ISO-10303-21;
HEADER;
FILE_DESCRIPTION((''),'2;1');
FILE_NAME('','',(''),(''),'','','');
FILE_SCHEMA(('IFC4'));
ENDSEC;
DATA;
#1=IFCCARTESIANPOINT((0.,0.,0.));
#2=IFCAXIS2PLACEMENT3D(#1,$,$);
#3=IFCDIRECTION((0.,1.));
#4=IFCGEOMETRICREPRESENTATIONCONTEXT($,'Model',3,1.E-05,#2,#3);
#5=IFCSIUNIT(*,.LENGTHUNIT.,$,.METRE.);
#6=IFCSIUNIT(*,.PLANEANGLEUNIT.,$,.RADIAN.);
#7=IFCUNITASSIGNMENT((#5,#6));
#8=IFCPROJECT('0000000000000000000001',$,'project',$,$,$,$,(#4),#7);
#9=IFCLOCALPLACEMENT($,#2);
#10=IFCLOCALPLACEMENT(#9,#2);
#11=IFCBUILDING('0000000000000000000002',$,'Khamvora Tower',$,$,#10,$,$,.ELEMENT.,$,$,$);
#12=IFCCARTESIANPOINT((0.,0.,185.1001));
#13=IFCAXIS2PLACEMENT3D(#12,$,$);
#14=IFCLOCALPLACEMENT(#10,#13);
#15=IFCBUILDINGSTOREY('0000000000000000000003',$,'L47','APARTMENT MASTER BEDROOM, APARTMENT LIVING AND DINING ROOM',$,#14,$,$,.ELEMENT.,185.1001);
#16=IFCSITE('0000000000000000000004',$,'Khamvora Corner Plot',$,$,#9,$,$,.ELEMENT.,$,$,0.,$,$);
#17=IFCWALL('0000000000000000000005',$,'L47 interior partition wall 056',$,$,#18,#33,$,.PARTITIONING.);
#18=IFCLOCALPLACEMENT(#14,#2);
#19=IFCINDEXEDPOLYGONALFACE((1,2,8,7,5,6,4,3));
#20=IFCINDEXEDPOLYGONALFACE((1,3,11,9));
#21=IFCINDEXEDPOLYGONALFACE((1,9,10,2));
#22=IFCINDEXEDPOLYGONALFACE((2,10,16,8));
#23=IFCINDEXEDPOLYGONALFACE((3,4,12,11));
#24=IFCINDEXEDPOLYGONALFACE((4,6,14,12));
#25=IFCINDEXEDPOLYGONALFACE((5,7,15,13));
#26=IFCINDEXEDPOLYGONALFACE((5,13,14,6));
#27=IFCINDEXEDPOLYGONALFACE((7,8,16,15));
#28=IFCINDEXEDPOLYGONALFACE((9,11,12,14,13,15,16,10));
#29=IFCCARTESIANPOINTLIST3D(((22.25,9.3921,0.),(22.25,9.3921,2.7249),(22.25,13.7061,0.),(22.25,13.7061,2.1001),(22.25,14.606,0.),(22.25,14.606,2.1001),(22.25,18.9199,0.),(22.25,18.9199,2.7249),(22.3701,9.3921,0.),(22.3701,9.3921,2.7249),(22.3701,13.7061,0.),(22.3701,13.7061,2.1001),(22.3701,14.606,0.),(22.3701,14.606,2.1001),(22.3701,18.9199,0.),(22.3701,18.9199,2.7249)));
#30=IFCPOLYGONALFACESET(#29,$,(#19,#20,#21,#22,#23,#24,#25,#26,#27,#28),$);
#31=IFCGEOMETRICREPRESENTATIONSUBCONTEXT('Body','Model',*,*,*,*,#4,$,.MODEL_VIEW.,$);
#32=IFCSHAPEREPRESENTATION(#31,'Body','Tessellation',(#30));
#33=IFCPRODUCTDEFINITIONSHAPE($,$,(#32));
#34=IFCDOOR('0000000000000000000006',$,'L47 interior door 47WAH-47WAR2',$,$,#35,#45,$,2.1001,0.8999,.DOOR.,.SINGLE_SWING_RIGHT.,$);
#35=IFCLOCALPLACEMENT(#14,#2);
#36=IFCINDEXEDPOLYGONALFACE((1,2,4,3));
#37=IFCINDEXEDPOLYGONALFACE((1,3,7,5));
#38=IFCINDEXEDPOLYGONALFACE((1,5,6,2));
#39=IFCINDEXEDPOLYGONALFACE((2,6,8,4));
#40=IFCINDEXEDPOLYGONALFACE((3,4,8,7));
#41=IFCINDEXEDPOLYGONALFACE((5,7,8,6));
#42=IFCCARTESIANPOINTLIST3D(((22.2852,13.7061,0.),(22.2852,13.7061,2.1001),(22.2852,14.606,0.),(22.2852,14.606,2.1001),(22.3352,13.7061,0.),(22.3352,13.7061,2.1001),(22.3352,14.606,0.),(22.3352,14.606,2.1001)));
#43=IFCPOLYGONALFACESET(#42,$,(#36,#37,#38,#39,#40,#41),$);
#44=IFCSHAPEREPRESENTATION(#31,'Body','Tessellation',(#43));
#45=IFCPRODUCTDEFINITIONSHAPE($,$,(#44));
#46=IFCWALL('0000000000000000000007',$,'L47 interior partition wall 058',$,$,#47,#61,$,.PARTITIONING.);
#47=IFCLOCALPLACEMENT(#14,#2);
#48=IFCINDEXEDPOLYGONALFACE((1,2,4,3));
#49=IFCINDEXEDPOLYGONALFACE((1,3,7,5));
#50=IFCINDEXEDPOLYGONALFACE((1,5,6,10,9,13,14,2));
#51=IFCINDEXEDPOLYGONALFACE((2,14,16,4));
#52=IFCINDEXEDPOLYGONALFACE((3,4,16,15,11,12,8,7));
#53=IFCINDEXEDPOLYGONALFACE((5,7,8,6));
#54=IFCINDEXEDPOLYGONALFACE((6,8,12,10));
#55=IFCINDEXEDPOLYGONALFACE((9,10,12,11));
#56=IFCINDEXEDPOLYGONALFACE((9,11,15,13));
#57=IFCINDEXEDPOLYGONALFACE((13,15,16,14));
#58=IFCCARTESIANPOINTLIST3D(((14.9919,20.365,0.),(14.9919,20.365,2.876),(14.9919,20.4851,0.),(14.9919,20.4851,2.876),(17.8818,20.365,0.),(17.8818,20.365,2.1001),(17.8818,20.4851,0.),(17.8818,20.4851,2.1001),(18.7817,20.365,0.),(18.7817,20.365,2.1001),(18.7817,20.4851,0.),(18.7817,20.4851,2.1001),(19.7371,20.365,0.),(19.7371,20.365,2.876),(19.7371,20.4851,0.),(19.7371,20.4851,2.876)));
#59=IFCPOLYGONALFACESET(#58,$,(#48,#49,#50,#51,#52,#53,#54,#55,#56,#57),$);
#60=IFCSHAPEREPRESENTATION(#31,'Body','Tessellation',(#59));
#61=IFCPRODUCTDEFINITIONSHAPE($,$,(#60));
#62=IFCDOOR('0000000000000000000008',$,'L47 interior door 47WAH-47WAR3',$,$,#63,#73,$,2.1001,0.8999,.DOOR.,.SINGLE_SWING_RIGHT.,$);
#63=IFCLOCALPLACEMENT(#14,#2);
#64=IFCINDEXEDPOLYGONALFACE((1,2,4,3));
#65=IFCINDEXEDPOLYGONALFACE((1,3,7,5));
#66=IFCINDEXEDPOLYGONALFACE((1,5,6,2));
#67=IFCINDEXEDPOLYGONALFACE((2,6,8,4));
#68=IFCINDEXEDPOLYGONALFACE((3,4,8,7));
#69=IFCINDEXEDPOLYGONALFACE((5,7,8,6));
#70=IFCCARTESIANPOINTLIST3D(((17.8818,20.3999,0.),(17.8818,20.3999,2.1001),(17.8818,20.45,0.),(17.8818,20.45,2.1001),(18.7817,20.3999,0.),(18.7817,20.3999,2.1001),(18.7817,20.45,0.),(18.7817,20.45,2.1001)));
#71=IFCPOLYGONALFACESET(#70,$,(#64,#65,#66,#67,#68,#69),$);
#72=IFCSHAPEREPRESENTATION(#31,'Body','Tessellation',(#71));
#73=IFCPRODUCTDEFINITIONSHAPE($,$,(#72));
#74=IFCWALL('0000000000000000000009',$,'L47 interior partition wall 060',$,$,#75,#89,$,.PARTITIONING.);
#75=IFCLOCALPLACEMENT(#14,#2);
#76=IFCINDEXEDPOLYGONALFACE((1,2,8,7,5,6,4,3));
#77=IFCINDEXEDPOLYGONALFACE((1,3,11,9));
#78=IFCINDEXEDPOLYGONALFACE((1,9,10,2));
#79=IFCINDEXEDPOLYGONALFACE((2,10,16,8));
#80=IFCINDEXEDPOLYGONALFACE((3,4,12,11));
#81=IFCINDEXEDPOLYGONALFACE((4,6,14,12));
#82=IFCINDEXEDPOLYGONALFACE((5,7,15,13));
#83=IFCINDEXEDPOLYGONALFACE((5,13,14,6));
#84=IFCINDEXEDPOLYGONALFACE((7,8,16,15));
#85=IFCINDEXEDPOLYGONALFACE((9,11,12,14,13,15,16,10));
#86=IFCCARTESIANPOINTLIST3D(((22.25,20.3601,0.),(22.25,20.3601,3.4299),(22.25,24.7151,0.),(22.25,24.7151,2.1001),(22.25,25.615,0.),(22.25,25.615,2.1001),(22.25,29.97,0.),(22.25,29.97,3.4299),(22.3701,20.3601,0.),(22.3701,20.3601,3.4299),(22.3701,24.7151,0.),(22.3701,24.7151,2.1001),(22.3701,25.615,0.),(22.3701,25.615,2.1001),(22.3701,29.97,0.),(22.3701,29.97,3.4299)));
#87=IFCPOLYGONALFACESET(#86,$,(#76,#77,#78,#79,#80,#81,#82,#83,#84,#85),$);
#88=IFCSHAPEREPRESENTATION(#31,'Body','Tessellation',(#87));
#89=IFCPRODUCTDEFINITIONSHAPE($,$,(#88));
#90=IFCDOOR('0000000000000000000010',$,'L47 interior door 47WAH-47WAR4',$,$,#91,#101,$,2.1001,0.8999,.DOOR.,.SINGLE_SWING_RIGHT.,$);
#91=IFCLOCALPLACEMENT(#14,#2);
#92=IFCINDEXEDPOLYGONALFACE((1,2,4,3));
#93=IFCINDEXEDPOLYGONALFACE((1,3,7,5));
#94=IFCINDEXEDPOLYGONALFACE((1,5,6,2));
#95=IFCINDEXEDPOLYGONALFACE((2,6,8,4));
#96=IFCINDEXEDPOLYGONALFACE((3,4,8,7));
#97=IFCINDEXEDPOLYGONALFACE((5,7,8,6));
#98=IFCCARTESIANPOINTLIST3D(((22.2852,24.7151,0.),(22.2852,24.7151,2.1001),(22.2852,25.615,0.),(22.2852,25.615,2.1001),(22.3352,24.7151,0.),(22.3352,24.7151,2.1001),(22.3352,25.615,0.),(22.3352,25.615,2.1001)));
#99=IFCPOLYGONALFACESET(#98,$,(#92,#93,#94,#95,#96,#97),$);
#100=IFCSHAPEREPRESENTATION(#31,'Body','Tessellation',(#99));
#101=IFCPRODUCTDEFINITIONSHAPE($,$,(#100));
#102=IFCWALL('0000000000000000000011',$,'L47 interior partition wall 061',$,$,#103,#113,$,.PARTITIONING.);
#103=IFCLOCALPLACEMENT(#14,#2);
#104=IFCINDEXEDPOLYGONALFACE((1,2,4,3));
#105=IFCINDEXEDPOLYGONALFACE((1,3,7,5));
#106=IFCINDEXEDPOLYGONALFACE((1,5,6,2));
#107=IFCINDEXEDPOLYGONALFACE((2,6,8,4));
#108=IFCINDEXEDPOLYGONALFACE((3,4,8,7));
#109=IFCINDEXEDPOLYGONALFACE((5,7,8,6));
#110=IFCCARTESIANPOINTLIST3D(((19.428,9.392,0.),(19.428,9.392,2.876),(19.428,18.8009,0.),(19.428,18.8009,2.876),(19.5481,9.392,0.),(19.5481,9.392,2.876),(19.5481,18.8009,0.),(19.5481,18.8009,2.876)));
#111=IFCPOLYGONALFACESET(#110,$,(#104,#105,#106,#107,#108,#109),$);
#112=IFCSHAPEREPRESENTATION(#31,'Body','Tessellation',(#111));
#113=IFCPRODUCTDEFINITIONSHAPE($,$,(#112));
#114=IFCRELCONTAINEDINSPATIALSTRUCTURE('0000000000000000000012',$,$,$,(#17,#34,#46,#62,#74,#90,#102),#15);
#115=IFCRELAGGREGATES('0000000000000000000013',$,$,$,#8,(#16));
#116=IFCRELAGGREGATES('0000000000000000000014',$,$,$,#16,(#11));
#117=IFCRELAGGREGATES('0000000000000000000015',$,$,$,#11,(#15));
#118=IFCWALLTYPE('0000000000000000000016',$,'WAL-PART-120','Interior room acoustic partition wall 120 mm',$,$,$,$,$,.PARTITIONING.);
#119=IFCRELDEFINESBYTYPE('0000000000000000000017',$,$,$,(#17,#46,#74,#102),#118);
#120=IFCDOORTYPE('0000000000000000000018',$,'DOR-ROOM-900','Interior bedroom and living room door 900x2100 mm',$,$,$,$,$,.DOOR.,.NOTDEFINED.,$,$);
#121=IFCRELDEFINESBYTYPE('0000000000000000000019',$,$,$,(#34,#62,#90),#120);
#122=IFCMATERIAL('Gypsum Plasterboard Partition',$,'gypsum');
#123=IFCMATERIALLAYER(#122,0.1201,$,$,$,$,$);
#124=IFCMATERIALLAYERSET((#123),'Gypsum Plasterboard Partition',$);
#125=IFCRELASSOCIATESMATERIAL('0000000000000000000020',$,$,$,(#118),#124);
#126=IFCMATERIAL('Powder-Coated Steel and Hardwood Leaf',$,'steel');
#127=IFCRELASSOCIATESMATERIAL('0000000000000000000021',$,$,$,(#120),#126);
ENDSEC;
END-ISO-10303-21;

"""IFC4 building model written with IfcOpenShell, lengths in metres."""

from ifc_helpers import new_model, si_unit, direction, frame, frame_2d, origin, place, context, subcontext, project, spatial, rectangle, extrude, material, layer, layer_set, type_object, element, fill, save


model = new_model("IFC4")

# Units and contexts
model_context = context("Model", 3, precision=1e-05, world=origin(), true_north=direction((0.0, 1.0)))
body_context = subcontext(model_context, "Body", "Model", "MODEL_VIEW")
ifc_project = project(units=[si_unit("LENGTHUNIT", "METRE"), si_unit("PLANEANGLEUNIT", "RADIAN")], contexts=[model_context])

# Site, building, storey
site_placement = place(None, origin())
site = spatial("IfcSite", under=ifc_project, at=site_placement, Name="Khamvora Corner Plot", CompositionType="ELEMENT", RefElevation=0.0)
building_placement = place(site_placement, origin())
building = spatial("IfcBuilding", under=site, at=building_placement, Name="Khamvora Tower", CompositionType="ELEMENT")
storey_placement = place(building_placement, frame((0.0, 0.0, 185.1001)))
storey = spatial("IfcBuildingStorey", under=building, at=storey_placement, Name="L47", Description="APARTMENT MASTER BEDROOM, APARTMENT LIVING AND DINING ROOM", CompositionType="ELEMENT", Elevation=185.1001)

# Walls, openings, doors
ifc_material_1 = material(Name="Gypsum Plasterboard Partition", Category="gypsum")
ifc_layer_1 = layer(ifc_material_1, 0.1201)
ifc_layer_set_1 = layer_set([ifc_layer_1], Name="Gypsum Plasterboard Partition")
wall_type_1 = type_object("IfcWallType", Name="WAL-PART-120", Description="Interior room acoustic partition wall 120 mm", PredefinedType="PARTITIONING", material=ifc_layer_set_1)
ifc_material_2 = material(Name="Powder-Coated Steel and Hardwood Leaf", Category="steel")
door_type = type_object("IfcDoorType", Name="DOR-ROOM-900", Description="Interior bedroom and living room door 900x2100 mm", OperationType="NOTDEFINED", PredefinedType="DOOR", material=ifc_material_2)
wall_1_placement = place(storey_placement, frame((22.3101, 9.3921, 0.0), z_axis=(0.0, 0.0, 1.0), x_axis=(0.0, 1.0, 0.0)))
wall_1 = element("IfcWall", 1, at=wall_1_placement, inside=storey, type_object=wall_type_1, Name="L47 interior partition wall 056", PredefinedType="PARTITIONING", context=body_context, shape_type="SweptSolid", body=[
    extrude(rectangle(XDim=9.5278, YDim=0.1201, at=frame_2d((4.7639, 0.0))), origin(), (0.0, 0.0, 1.0), 2.7249),
])
opening_1_placement = place(wall_1_placement, frame((4.314, 0.0, 0.0)))
opening_1 = element("IfcOpeningElement", 2, at=opening_1_placement, cuts=wall_1, PredefinedType="OPENING", context=body_context, shape_type="SweptSolid", body=[
    extrude(rectangle(XDim=0.8999, YDim=2.1001, at=frame_2d((0.45, 1.05))), frame((0.0, 0.0701, 0.0), z_axis=(0.0, -1.0, 0.0), x_axis=(1.0, 0.0, 0.0)), (0.0, 0.0, 1.0), 0.1401),
])
door_1_placement = place(opening_1_placement, origin())
door_1 = element("IfcDoor", 3, at=door_1_placement, inside=storey, type_object=door_type, Name="L47 interior door 47WAH-47WAR2", OperationType="SINGLE_SWING_RIGHT", OverallHeight=2.1001, OverallWidth=0.8999, PredefinedType="DOOR", context=body_context, shape_type="SweptSolid", body=[
    extrude(rectangle(XDim=0.8999, YDim=2.1001, at=frame_2d((0.45, 1.05))), frame((0.0, 0.0249, 0.0), z_axis=(0.0, -1.0, 0.0), x_axis=(1.0, 0.0, 0.0)), (0.0, 0.0, 1.0), 0.05),
])
fill(opening_1, door_1)
wall_2_placement = place(storey_placement, frame((14.9919, 20.425, 0.0), z_axis=(0.0, 0.0, 1.0), x_axis=(1.0, 0.0, 0.0)))
wall_2 = element("IfcWall", 4, at=wall_2_placement, inside=storey, type_object=wall_type_1, Name="L47 interior partition wall 058", PredefinedType="PARTITIONING", context=body_context, shape_type="SweptSolid", body=[
    extrude(rectangle(XDim=4.7451, YDim=0.1201, at=frame_2d((2.3726, 0.0))), origin(), (0.0, 0.0, 1.0), 2.876),
])
opening_2_placement = place(wall_2_placement, frame((2.8899, 0.0, 0.0)))
opening_2 = element("IfcOpeningElement", 5, at=opening_2_placement, cuts=wall_2, PredefinedType="OPENING", context=body_context, shape_type="SweptSolid", body=[
    extrude(rectangle(XDim=0.8999, YDim=2.1001, at=frame_2d((0.45, 1.05))), frame((0.0, 0.0701, 0.0), z_axis=(0.0, -1.0, 0.0), x_axis=(1.0, 0.0, 0.0)), (0.0, 0.0, 1.0), 0.1401),
])
door_2_placement = place(opening_2_placement, origin())
door_2 = element("IfcDoor", 6, at=door_2_placement, inside=storey, type_object=door_type, Name="L47 interior door 47WAH-47WAR3", OperationType="SINGLE_SWING_RIGHT", OverallHeight=2.1001, OverallWidth=0.8999, PredefinedType="DOOR", context=body_context, shape_type="SweptSolid", body=[
    extrude(rectangle(XDim=0.8999, YDim=2.1001, at=frame_2d((0.45, 1.05))), frame((0.0, 0.0249, 0.0), z_axis=(0.0, -1.0, 0.0), x_axis=(1.0, 0.0, 0.0)), (0.0, 0.0, 1.0), 0.05),
])
fill(opening_2, door_2)

# Wall, opening, door
wall_3_placement = place(storey_placement, frame((22.3101, 20.3601, 0.0), z_axis=(0.0, 0.0, 1.0), x_axis=(0.0, 1.0, 0.0)))
wall_3 = element("IfcWall", 7, at=wall_3_placement, inside=storey, type_object=wall_type_1, Name="L47 interior partition wall 060", PredefinedType="PARTITIONING", context=body_context, shape_type="SweptSolid", body=[
    extrude(rectangle(XDim=9.6099, YDim=0.1201, at=frame_2d((4.8049, 0.0))), origin(), (0.0, 0.0, 1.0), 3.4299),
])
opening_3_placement = place(wall_3_placement, frame((4.355, 0.0, 0.0)))
opening_3 = element("IfcOpeningElement", 8, at=opening_3_placement, cuts=wall_3, PredefinedType="OPENING", context=body_context, shape_type="SweptSolid", body=[
    extrude(rectangle(XDim=0.8999, YDim=2.1001, at=frame_2d((0.45, 1.05))), frame((0.0, 0.0701, 0.0), z_axis=(0.0, -1.0, 0.0), x_axis=(1.0, 0.0, 0.0)), (0.0, 0.0, 1.0), 0.1401),
])
door_3_placement = place(opening_3_placement, origin())
door_3 = element("IfcDoor", 9, at=door_3_placement, inside=storey, type_object=door_type, Name="L47 interior door 47WAH-47WAR4", OperationType="SINGLE_SWING_RIGHT", OverallHeight=2.1001, OverallWidth=0.8999, PredefinedType="DOOR", context=body_context, shape_type="SweptSolid", body=[
    extrude(rectangle(XDim=0.8999, YDim=2.1001, at=frame_2d((0.45, 1.05))), frame((0.0, 0.0249, 0.0), z_axis=(0.0, -1.0, 0.0), x_axis=(1.0, 0.0, 0.0)), (0.0, 0.0, 1.0), 0.05),
])
fill(opening_3, door_3)

# Wall
wall_4_placement = place(storey_placement, frame((19.488, 18.801, 0.0), z_axis=(0.0, 0.0, 1.0), x_axis=(0.0, -1.0, 0.0)))
element("IfcWall", 10, at=wall_4_placement, inside=storey, type_object=wall_type_1, Name="L47 interior partition wall 061", PredefinedType="PARTITIONING", context=body_context, shape_type="SweptSolid", body=[
    extrude(rectangle(XDim=9.4089, YDim=0.1201, at=frame_2d((4.7046, 0.0))), origin(), (0.0, 0.0, 1.0), 2.876),
])

save(model, "model.ifc")
